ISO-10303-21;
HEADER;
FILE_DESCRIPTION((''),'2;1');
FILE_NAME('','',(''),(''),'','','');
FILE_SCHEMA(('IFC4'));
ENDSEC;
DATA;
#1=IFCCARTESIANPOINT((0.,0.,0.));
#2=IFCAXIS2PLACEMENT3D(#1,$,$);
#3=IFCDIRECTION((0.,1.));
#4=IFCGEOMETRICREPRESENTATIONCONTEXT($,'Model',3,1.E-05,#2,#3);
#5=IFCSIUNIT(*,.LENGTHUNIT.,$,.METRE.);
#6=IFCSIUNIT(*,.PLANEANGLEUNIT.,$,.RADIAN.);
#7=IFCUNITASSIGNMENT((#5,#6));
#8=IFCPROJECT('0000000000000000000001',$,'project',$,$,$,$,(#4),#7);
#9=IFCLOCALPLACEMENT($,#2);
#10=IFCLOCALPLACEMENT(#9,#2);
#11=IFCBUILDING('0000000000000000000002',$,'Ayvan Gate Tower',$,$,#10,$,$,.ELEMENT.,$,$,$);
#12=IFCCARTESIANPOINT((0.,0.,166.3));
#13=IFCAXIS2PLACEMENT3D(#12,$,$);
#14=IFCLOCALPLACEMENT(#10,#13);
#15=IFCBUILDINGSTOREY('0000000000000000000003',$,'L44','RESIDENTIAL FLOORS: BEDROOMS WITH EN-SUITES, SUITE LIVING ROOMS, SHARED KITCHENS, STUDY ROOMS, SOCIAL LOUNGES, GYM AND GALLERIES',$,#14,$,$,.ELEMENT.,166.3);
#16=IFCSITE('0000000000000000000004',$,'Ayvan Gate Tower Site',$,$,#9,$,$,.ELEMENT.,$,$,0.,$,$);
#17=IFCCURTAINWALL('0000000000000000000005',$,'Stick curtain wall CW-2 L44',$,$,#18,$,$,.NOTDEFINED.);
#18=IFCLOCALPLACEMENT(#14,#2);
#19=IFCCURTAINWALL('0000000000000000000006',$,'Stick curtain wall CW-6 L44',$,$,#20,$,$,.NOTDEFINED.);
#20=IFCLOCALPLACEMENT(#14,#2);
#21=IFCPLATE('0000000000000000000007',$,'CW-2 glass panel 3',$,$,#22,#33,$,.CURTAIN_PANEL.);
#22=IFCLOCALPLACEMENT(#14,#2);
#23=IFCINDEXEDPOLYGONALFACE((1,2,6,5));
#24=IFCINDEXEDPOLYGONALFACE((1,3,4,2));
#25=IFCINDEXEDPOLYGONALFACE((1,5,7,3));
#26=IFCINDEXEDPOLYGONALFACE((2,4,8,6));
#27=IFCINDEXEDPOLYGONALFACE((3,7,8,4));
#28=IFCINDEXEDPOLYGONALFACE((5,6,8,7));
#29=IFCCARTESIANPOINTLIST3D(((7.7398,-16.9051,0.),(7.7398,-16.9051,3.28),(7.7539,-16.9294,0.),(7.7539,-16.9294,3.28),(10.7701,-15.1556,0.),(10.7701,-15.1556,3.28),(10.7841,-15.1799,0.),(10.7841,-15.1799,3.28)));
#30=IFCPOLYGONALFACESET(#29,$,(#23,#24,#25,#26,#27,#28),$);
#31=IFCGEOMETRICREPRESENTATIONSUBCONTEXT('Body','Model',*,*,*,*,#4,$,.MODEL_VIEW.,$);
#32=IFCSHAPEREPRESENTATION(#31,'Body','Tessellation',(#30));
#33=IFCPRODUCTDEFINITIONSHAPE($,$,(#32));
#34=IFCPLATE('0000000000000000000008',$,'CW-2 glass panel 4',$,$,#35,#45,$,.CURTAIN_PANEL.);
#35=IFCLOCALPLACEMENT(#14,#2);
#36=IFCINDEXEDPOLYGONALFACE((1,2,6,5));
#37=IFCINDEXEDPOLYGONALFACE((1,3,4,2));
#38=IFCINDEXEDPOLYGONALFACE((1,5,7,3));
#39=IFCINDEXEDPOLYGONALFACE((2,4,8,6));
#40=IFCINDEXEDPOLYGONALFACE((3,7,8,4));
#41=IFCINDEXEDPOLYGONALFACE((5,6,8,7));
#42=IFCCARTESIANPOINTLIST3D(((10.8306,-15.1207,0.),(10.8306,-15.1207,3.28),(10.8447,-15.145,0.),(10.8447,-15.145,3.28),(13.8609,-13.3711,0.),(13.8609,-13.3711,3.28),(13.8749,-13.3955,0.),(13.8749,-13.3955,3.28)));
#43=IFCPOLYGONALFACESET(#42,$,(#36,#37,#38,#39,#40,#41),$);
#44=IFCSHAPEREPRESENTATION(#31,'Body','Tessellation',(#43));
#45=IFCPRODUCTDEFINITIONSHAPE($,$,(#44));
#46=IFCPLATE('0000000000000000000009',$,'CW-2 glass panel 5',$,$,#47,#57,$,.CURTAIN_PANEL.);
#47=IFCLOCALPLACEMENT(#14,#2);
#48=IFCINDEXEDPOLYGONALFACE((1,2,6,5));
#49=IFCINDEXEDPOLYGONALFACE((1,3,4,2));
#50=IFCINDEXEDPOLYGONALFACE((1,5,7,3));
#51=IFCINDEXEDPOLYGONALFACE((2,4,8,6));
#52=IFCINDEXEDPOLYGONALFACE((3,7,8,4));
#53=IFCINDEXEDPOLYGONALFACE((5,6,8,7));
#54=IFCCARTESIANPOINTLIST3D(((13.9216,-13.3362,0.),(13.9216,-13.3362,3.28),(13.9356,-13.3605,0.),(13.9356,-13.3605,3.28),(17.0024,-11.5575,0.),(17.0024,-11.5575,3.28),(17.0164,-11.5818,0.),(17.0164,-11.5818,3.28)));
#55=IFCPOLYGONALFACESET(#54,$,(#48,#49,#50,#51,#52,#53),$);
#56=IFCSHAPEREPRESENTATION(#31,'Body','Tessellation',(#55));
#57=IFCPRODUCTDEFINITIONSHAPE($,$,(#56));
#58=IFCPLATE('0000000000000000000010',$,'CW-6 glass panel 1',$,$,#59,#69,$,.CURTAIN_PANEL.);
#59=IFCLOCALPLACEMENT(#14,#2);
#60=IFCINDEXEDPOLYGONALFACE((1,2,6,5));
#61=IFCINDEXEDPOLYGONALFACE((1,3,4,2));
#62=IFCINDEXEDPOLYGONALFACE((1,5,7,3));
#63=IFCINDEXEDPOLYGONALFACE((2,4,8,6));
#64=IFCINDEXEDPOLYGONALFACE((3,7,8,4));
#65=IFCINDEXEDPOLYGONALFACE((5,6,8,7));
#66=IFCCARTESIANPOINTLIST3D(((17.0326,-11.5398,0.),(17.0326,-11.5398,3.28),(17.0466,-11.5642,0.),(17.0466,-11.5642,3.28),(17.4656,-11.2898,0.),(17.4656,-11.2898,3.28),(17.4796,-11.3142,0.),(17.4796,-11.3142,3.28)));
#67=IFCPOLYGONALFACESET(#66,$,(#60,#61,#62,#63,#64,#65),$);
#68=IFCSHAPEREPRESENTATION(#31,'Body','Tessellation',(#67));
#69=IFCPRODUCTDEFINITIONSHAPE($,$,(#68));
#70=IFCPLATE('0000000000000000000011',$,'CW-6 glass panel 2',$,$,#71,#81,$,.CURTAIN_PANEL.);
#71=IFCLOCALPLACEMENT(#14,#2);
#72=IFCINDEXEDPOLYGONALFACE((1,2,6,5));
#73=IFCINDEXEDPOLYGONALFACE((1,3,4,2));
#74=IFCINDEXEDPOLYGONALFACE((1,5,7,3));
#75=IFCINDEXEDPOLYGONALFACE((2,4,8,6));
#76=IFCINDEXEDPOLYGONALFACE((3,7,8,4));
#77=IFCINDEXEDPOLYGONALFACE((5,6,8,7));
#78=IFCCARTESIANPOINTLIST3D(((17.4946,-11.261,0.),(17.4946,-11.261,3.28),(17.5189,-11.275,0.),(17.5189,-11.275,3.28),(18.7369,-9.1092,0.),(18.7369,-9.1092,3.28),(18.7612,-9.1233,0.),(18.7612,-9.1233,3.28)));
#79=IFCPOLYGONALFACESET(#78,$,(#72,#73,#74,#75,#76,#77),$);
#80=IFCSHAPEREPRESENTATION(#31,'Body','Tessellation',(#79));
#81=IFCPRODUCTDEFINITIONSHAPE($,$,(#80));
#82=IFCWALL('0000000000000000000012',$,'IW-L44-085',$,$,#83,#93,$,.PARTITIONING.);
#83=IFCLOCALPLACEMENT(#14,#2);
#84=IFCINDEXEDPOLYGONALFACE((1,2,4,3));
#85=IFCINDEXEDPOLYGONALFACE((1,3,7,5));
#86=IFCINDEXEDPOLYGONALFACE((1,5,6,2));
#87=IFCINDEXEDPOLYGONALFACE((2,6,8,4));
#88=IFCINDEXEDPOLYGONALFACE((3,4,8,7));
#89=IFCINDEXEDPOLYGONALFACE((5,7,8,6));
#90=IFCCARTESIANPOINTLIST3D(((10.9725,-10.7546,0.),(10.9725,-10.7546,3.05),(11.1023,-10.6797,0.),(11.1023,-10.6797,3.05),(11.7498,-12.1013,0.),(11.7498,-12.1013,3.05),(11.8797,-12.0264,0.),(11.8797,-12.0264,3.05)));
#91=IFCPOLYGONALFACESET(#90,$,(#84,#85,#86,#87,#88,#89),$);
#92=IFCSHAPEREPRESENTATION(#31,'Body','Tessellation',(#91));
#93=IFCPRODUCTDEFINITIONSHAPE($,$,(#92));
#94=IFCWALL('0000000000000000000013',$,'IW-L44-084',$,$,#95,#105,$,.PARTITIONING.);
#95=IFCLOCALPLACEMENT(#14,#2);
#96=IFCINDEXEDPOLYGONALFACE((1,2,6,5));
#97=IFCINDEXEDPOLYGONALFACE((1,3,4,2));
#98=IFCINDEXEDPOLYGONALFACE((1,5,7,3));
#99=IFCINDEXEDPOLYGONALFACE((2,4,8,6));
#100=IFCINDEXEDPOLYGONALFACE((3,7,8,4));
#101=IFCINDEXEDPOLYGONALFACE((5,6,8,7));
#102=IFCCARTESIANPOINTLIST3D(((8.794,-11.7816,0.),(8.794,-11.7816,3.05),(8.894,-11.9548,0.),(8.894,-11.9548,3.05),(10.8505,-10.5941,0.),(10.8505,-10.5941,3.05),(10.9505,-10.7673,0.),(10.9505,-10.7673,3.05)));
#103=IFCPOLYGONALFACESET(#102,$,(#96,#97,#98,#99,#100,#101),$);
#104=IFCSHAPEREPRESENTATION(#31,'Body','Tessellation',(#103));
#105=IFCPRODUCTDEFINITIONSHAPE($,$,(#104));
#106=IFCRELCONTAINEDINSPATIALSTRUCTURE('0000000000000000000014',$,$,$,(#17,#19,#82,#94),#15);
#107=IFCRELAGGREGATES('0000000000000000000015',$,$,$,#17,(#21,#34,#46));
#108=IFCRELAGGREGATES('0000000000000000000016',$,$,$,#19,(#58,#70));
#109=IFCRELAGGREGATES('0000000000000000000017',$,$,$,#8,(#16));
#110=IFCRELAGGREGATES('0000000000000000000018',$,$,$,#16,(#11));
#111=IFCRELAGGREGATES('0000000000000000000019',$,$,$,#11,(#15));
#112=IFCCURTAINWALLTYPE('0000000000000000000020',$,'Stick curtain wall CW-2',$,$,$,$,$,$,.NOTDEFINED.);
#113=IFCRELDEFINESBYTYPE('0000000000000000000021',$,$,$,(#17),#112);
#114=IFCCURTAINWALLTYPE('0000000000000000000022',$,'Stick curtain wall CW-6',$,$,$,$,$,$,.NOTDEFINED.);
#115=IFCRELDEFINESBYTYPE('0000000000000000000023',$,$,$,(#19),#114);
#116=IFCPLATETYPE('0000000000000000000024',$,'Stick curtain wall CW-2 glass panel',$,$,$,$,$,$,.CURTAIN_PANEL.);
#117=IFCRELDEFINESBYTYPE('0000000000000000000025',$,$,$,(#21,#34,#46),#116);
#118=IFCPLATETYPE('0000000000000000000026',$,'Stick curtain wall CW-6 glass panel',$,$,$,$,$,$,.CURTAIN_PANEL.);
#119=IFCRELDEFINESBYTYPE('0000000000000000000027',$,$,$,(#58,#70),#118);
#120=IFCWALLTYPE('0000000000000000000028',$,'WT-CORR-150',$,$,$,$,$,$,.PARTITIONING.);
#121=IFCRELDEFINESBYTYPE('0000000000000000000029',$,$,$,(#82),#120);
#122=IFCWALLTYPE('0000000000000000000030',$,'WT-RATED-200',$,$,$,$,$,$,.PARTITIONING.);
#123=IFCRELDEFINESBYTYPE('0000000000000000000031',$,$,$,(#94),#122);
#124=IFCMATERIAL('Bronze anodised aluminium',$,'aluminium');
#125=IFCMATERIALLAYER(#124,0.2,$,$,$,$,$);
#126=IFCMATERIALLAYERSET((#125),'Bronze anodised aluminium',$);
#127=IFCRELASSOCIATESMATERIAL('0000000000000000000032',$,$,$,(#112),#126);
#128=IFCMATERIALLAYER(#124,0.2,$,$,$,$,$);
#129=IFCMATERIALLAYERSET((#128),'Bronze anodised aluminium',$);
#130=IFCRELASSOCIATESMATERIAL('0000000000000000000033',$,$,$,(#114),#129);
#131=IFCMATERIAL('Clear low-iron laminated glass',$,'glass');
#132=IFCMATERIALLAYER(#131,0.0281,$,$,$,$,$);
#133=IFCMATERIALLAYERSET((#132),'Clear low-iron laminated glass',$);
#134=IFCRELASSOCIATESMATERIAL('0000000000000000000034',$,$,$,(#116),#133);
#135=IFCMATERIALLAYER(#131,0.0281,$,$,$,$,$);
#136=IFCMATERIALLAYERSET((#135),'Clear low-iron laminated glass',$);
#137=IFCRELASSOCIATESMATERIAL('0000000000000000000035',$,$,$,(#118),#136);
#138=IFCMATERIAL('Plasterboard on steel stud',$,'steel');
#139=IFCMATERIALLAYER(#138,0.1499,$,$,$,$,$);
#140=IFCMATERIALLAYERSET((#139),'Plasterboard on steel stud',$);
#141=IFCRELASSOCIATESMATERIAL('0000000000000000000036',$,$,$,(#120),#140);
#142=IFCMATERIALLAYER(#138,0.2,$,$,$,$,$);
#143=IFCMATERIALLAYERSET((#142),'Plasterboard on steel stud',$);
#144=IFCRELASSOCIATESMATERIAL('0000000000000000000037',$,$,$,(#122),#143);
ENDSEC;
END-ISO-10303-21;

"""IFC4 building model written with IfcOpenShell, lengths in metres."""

from ifc_helpers import new_model, si_unit, direction, frame, frame_2d, origin, origin_2d, place, context, subcontext, project, spatial, rectangle, extrude, material, layer, layer_set, type_object, element, aggregate, save


model = new_model("IFC4")

# Units and contexts
model_context = context("Model", 3, precision=1e-05, world=origin(), true_north=direction((0.0, 1.0)))
body_context = subcontext(model_context, "Body", "Model", "MODEL_VIEW")
ifc_project = project(units=[si_unit("LENGTHUNIT", "METRE"), si_unit("PLANEANGLEUNIT", "RADIAN")], contexts=[model_context])

# Site, building, storey
site_placement = place(None, origin())
site = spatial("IfcSite", under=ifc_project, at=site_placement, Name="Ayvan Gate Tower Site", CompositionType="ELEMENT", RefElevation=0.0)
building_placement = place(site_placement, origin())
building = spatial("IfcBuilding", under=site, at=building_placement, Name="Ayvan Gate Tower", CompositionType="ELEMENT")
storey_placement = place(building_placement, frame((0.0, 0.0, 166.3)))
storey = spatial("IfcBuildingStorey", under=building, at=storey_placement, Name="L44", Description="RESIDENTIAL FLOORS: BEDROOMS WITH EN-SUITES, SUITE LIVING ROOMS, SHARED KITCHENS, STUDY ROOMS, SOCIAL LOUNGES, GYM AND GALLERIES", CompositionType="ELEMENT", Elevation=166.3)

# Curtain walls
ifc_material_1 = material(Name="Bronze anodised aluminium", Category="aluminium")
ifc_layer_1 = layer(ifc_material_1, 0.2)
ifc_layer_set_1 = layer_set([ifc_layer_1], Name="Bronze anodised aluminium")
curtain_wall_type_1 = type_object("IfcCurtainWallType", Name="Stick curtain wall CW-2", PredefinedType="NOTDEFINED", material=ifc_layer_set_1)
curtain_wall_1_placement = place(storey_placement, origin())
curtain_wall_1 = element("IfcCurtainWall", 1, at=curtain_wall_1_placement, inside=storey, type_object=curtain_wall_type_1, Name="Stick curtain wall CW-2 L44", PredefinedType="NOTDEFINED")
ifc_layer_2 = layer(ifc_material_1, 0.2)
ifc_layer_set_2 = layer_set([ifc_layer_2], Name="Bronze anodised aluminium")
curtain_wall_type_2 = type_object("IfcCurtainWallType", Name="Stick curtain wall CW-6", PredefinedType="NOTDEFINED", material=ifc_layer_set_2)
curtain_wall_2_placement = place(storey_placement, origin())
curtain_wall_2 = element("IfcCurtainWall", 2, at=curtain_wall_2_placement, inside=storey, type_object=curtain_wall_type_2, Name="Stick curtain wall CW-6 L44", PredefinedType="NOTDEFINED")

# Plates
ifc_material_2 = material(Name="Clear low-iron laminated glass", Category="glass")
ifc_layer_3 = layer(ifc_material_2, 0.0281)
ifc_layer_set_3 = layer_set([ifc_layer_3], Name="Clear low-iron laminated glass")
plate_type_1 = type_object("IfcPlateType", Name="Stick curtain wall CW-2 glass panel", PredefinedType="CURTAIN_PANEL", material=ifc_layer_set_3)
plate_1_placement = place(storey_placement, frame((9.262, -16.0425, 0.0), z_axis=(0.0, 0.0, 1.0), x_axis=(0.866025, 0.5, 0.0)))
plate_1 = element("IfcPlate", 3, at=plate_1_placement, type_object=plate_type_1, Name="CW-2 glass panel 3", PredefinedType="CURTAIN_PANEL", context=body_context, shape_type="SweptSolid", body=[
    extrude(rectangle(XDim=3.499, YDim=0.0281, at=origin_2d()), origin(), (0.0, 0.0, 1.0), 3.28),
])
plate_2_placement = place(storey_placement, frame((12.3528, -14.2581, 0.0), z_axis=(0.0, 0.0, 1.0), x_axis=(0.866025, 0.5, 0.0)))
plate_2 = element("IfcPlate", 4, at=plate_2_placement, type_object=plate_type_1, Name="CW-2 glass panel 4", PredefinedType="CURTAIN_PANEL", context=body_context, shape_type="SweptSolid", body=[
    extrude(rectangle(XDim=3.499, YDim=0.0281, at=origin_2d()), origin(), (0.0, 0.0, 1.0), 3.28),
])
plate_3_placement = place(storey_placement, frame((15.469, -12.459, 0.0), z_axis=(0.0, 0.0, 1.0), x_axis=(0.866025, 0.5, 0.0)))
plate_3 = element("IfcPlate", 5, at=plate_3_placement, type_object=plate_type_1, Name="CW-2 glass panel 5", PredefinedType="CURTAIN_PANEL", context=body_context, shape_type="SweptSolid", body=[
    extrude(rectangle(XDim=3.5574, YDim=0.0281, at=origin_2d()), origin(), (0.0, 0.0, 1.0), 3.28),
])
aggregate(curtain_wall_1, [plate_1, plate_2, plate_3])
ifc_layer_4 = layer(ifc_material_2, 0.0281)
ifc_layer_set_4 = layer_set([ifc_layer_4], Name="Clear low-iron laminated glass")
plate_type_2 = type_object("IfcPlateType", Name="Stick curtain wall CW-6 glass panel", PredefinedType="CURTAIN_PANEL", material=ifc_layer_set_4)
plate_4_placement = place(storey_placement, frame((17.2561, -11.427, 0.0), z_axis=(0.0, 0.0, 1.0), x_axis=(0.866025, 0.5, 0.0)))
plate_4 = element("IfcPlate", 6, at=plate_4_placement, type_object=plate_type_2, Name="CW-6 glass panel 1", PredefinedType="CURTAIN_PANEL", context=body_context, shape_type="SweptSolid", body=[
    extrude(rectangle(XDim=0.5, YDim=0.0281, at=origin_2d()), origin(), (0.0, 0.0, 1.0), 3.28),
])
plate_5_placement = place(storey_placement, frame((18.1279, -10.1921, 0.0), z_axis=(0.0, 0.0, 1.0), x_axis=(0.5, 0.866025, 0.0)))
plate_5 = element("IfcPlate", 7, at=plate_5_placement, type_object=plate_type_2, Name="CW-6 glass panel 2", PredefinedType="CURTAIN_PANEL", context=body_context, shape_type="SweptSolid", body=[
    extrude(rectangle(XDim=2.4846, YDim=0.0281, at=origin_2d()), origin(), (0.0, 0.0, 1.0), 3.28),
])
aggregate(curtain_wall_2, [plate_4, plate_5])

# Walls
ifc_material_3 = material(Name="Plasterboard on steel stud", Category="steel")
ifc_layer_5 = layer(ifc_material_3, 0.1499)
ifc_layer_set_5 = layer_set([ifc_layer_5], Name="Plasterboard on steel stud")
wall_type_1 = type_object("IfcWallType", Name="WT-CORR-150", PredefinedType="PARTITIONING", material=ifc_layer_set_5)
wall_1_placement = place(storey_placement, frame((11.8147, -12.0637, 0.0), z_axis=(0.0, 0.0, 1.0), x_axis=(-0.499922, 0.866071, 0.0)))
element("IfcWall", 8, at=wall_1_placement, inside=storey, type_object=wall_type_1, Name="IW-L44-085", PredefinedType="PARTITIONING", context=body_context, shape_type="SweptSolid", body=[
    extrude(rectangle(XDim=1.5549, YDim=0.1499, at=frame_2d((0.7773, 0.0))), origin(), (0.0, 0.0, 1.0), 3.05),
])
ifc_layer_6 = layer(ifc_material_3, 0.2)
ifc_layer_set_6 = layer_set([ifc_layer_6], Name="Plasterboard on steel stud")
wall_type_2 = type_object("IfcWallType", Name="WT-RATED-200", PredefinedType="PARTITIONING", material=ifc_layer_set_6)
wall_2_placement = place(storey_placement, frame((10.9006, -10.6807, 0.0), z_axis=(0.0, 0.0, 1.0), x_axis=(-0.866008, -0.500031, 0.0)))
element("IfcWall", 9, at=wall_2_placement, inside=storey, type_object=wall_type_2, Name="IW-L44-084", PredefinedType="PARTITIONING", context=body_context, shape_type="SweptSolid", body=[
    extrude(rectangle(XDim=2.3748, YDim=0.2, at=frame_2d((1.1875, 0.0))), origin(), (0.0, 0.0, 1.0), 3.05),
])

save(model, "model.ifc")
